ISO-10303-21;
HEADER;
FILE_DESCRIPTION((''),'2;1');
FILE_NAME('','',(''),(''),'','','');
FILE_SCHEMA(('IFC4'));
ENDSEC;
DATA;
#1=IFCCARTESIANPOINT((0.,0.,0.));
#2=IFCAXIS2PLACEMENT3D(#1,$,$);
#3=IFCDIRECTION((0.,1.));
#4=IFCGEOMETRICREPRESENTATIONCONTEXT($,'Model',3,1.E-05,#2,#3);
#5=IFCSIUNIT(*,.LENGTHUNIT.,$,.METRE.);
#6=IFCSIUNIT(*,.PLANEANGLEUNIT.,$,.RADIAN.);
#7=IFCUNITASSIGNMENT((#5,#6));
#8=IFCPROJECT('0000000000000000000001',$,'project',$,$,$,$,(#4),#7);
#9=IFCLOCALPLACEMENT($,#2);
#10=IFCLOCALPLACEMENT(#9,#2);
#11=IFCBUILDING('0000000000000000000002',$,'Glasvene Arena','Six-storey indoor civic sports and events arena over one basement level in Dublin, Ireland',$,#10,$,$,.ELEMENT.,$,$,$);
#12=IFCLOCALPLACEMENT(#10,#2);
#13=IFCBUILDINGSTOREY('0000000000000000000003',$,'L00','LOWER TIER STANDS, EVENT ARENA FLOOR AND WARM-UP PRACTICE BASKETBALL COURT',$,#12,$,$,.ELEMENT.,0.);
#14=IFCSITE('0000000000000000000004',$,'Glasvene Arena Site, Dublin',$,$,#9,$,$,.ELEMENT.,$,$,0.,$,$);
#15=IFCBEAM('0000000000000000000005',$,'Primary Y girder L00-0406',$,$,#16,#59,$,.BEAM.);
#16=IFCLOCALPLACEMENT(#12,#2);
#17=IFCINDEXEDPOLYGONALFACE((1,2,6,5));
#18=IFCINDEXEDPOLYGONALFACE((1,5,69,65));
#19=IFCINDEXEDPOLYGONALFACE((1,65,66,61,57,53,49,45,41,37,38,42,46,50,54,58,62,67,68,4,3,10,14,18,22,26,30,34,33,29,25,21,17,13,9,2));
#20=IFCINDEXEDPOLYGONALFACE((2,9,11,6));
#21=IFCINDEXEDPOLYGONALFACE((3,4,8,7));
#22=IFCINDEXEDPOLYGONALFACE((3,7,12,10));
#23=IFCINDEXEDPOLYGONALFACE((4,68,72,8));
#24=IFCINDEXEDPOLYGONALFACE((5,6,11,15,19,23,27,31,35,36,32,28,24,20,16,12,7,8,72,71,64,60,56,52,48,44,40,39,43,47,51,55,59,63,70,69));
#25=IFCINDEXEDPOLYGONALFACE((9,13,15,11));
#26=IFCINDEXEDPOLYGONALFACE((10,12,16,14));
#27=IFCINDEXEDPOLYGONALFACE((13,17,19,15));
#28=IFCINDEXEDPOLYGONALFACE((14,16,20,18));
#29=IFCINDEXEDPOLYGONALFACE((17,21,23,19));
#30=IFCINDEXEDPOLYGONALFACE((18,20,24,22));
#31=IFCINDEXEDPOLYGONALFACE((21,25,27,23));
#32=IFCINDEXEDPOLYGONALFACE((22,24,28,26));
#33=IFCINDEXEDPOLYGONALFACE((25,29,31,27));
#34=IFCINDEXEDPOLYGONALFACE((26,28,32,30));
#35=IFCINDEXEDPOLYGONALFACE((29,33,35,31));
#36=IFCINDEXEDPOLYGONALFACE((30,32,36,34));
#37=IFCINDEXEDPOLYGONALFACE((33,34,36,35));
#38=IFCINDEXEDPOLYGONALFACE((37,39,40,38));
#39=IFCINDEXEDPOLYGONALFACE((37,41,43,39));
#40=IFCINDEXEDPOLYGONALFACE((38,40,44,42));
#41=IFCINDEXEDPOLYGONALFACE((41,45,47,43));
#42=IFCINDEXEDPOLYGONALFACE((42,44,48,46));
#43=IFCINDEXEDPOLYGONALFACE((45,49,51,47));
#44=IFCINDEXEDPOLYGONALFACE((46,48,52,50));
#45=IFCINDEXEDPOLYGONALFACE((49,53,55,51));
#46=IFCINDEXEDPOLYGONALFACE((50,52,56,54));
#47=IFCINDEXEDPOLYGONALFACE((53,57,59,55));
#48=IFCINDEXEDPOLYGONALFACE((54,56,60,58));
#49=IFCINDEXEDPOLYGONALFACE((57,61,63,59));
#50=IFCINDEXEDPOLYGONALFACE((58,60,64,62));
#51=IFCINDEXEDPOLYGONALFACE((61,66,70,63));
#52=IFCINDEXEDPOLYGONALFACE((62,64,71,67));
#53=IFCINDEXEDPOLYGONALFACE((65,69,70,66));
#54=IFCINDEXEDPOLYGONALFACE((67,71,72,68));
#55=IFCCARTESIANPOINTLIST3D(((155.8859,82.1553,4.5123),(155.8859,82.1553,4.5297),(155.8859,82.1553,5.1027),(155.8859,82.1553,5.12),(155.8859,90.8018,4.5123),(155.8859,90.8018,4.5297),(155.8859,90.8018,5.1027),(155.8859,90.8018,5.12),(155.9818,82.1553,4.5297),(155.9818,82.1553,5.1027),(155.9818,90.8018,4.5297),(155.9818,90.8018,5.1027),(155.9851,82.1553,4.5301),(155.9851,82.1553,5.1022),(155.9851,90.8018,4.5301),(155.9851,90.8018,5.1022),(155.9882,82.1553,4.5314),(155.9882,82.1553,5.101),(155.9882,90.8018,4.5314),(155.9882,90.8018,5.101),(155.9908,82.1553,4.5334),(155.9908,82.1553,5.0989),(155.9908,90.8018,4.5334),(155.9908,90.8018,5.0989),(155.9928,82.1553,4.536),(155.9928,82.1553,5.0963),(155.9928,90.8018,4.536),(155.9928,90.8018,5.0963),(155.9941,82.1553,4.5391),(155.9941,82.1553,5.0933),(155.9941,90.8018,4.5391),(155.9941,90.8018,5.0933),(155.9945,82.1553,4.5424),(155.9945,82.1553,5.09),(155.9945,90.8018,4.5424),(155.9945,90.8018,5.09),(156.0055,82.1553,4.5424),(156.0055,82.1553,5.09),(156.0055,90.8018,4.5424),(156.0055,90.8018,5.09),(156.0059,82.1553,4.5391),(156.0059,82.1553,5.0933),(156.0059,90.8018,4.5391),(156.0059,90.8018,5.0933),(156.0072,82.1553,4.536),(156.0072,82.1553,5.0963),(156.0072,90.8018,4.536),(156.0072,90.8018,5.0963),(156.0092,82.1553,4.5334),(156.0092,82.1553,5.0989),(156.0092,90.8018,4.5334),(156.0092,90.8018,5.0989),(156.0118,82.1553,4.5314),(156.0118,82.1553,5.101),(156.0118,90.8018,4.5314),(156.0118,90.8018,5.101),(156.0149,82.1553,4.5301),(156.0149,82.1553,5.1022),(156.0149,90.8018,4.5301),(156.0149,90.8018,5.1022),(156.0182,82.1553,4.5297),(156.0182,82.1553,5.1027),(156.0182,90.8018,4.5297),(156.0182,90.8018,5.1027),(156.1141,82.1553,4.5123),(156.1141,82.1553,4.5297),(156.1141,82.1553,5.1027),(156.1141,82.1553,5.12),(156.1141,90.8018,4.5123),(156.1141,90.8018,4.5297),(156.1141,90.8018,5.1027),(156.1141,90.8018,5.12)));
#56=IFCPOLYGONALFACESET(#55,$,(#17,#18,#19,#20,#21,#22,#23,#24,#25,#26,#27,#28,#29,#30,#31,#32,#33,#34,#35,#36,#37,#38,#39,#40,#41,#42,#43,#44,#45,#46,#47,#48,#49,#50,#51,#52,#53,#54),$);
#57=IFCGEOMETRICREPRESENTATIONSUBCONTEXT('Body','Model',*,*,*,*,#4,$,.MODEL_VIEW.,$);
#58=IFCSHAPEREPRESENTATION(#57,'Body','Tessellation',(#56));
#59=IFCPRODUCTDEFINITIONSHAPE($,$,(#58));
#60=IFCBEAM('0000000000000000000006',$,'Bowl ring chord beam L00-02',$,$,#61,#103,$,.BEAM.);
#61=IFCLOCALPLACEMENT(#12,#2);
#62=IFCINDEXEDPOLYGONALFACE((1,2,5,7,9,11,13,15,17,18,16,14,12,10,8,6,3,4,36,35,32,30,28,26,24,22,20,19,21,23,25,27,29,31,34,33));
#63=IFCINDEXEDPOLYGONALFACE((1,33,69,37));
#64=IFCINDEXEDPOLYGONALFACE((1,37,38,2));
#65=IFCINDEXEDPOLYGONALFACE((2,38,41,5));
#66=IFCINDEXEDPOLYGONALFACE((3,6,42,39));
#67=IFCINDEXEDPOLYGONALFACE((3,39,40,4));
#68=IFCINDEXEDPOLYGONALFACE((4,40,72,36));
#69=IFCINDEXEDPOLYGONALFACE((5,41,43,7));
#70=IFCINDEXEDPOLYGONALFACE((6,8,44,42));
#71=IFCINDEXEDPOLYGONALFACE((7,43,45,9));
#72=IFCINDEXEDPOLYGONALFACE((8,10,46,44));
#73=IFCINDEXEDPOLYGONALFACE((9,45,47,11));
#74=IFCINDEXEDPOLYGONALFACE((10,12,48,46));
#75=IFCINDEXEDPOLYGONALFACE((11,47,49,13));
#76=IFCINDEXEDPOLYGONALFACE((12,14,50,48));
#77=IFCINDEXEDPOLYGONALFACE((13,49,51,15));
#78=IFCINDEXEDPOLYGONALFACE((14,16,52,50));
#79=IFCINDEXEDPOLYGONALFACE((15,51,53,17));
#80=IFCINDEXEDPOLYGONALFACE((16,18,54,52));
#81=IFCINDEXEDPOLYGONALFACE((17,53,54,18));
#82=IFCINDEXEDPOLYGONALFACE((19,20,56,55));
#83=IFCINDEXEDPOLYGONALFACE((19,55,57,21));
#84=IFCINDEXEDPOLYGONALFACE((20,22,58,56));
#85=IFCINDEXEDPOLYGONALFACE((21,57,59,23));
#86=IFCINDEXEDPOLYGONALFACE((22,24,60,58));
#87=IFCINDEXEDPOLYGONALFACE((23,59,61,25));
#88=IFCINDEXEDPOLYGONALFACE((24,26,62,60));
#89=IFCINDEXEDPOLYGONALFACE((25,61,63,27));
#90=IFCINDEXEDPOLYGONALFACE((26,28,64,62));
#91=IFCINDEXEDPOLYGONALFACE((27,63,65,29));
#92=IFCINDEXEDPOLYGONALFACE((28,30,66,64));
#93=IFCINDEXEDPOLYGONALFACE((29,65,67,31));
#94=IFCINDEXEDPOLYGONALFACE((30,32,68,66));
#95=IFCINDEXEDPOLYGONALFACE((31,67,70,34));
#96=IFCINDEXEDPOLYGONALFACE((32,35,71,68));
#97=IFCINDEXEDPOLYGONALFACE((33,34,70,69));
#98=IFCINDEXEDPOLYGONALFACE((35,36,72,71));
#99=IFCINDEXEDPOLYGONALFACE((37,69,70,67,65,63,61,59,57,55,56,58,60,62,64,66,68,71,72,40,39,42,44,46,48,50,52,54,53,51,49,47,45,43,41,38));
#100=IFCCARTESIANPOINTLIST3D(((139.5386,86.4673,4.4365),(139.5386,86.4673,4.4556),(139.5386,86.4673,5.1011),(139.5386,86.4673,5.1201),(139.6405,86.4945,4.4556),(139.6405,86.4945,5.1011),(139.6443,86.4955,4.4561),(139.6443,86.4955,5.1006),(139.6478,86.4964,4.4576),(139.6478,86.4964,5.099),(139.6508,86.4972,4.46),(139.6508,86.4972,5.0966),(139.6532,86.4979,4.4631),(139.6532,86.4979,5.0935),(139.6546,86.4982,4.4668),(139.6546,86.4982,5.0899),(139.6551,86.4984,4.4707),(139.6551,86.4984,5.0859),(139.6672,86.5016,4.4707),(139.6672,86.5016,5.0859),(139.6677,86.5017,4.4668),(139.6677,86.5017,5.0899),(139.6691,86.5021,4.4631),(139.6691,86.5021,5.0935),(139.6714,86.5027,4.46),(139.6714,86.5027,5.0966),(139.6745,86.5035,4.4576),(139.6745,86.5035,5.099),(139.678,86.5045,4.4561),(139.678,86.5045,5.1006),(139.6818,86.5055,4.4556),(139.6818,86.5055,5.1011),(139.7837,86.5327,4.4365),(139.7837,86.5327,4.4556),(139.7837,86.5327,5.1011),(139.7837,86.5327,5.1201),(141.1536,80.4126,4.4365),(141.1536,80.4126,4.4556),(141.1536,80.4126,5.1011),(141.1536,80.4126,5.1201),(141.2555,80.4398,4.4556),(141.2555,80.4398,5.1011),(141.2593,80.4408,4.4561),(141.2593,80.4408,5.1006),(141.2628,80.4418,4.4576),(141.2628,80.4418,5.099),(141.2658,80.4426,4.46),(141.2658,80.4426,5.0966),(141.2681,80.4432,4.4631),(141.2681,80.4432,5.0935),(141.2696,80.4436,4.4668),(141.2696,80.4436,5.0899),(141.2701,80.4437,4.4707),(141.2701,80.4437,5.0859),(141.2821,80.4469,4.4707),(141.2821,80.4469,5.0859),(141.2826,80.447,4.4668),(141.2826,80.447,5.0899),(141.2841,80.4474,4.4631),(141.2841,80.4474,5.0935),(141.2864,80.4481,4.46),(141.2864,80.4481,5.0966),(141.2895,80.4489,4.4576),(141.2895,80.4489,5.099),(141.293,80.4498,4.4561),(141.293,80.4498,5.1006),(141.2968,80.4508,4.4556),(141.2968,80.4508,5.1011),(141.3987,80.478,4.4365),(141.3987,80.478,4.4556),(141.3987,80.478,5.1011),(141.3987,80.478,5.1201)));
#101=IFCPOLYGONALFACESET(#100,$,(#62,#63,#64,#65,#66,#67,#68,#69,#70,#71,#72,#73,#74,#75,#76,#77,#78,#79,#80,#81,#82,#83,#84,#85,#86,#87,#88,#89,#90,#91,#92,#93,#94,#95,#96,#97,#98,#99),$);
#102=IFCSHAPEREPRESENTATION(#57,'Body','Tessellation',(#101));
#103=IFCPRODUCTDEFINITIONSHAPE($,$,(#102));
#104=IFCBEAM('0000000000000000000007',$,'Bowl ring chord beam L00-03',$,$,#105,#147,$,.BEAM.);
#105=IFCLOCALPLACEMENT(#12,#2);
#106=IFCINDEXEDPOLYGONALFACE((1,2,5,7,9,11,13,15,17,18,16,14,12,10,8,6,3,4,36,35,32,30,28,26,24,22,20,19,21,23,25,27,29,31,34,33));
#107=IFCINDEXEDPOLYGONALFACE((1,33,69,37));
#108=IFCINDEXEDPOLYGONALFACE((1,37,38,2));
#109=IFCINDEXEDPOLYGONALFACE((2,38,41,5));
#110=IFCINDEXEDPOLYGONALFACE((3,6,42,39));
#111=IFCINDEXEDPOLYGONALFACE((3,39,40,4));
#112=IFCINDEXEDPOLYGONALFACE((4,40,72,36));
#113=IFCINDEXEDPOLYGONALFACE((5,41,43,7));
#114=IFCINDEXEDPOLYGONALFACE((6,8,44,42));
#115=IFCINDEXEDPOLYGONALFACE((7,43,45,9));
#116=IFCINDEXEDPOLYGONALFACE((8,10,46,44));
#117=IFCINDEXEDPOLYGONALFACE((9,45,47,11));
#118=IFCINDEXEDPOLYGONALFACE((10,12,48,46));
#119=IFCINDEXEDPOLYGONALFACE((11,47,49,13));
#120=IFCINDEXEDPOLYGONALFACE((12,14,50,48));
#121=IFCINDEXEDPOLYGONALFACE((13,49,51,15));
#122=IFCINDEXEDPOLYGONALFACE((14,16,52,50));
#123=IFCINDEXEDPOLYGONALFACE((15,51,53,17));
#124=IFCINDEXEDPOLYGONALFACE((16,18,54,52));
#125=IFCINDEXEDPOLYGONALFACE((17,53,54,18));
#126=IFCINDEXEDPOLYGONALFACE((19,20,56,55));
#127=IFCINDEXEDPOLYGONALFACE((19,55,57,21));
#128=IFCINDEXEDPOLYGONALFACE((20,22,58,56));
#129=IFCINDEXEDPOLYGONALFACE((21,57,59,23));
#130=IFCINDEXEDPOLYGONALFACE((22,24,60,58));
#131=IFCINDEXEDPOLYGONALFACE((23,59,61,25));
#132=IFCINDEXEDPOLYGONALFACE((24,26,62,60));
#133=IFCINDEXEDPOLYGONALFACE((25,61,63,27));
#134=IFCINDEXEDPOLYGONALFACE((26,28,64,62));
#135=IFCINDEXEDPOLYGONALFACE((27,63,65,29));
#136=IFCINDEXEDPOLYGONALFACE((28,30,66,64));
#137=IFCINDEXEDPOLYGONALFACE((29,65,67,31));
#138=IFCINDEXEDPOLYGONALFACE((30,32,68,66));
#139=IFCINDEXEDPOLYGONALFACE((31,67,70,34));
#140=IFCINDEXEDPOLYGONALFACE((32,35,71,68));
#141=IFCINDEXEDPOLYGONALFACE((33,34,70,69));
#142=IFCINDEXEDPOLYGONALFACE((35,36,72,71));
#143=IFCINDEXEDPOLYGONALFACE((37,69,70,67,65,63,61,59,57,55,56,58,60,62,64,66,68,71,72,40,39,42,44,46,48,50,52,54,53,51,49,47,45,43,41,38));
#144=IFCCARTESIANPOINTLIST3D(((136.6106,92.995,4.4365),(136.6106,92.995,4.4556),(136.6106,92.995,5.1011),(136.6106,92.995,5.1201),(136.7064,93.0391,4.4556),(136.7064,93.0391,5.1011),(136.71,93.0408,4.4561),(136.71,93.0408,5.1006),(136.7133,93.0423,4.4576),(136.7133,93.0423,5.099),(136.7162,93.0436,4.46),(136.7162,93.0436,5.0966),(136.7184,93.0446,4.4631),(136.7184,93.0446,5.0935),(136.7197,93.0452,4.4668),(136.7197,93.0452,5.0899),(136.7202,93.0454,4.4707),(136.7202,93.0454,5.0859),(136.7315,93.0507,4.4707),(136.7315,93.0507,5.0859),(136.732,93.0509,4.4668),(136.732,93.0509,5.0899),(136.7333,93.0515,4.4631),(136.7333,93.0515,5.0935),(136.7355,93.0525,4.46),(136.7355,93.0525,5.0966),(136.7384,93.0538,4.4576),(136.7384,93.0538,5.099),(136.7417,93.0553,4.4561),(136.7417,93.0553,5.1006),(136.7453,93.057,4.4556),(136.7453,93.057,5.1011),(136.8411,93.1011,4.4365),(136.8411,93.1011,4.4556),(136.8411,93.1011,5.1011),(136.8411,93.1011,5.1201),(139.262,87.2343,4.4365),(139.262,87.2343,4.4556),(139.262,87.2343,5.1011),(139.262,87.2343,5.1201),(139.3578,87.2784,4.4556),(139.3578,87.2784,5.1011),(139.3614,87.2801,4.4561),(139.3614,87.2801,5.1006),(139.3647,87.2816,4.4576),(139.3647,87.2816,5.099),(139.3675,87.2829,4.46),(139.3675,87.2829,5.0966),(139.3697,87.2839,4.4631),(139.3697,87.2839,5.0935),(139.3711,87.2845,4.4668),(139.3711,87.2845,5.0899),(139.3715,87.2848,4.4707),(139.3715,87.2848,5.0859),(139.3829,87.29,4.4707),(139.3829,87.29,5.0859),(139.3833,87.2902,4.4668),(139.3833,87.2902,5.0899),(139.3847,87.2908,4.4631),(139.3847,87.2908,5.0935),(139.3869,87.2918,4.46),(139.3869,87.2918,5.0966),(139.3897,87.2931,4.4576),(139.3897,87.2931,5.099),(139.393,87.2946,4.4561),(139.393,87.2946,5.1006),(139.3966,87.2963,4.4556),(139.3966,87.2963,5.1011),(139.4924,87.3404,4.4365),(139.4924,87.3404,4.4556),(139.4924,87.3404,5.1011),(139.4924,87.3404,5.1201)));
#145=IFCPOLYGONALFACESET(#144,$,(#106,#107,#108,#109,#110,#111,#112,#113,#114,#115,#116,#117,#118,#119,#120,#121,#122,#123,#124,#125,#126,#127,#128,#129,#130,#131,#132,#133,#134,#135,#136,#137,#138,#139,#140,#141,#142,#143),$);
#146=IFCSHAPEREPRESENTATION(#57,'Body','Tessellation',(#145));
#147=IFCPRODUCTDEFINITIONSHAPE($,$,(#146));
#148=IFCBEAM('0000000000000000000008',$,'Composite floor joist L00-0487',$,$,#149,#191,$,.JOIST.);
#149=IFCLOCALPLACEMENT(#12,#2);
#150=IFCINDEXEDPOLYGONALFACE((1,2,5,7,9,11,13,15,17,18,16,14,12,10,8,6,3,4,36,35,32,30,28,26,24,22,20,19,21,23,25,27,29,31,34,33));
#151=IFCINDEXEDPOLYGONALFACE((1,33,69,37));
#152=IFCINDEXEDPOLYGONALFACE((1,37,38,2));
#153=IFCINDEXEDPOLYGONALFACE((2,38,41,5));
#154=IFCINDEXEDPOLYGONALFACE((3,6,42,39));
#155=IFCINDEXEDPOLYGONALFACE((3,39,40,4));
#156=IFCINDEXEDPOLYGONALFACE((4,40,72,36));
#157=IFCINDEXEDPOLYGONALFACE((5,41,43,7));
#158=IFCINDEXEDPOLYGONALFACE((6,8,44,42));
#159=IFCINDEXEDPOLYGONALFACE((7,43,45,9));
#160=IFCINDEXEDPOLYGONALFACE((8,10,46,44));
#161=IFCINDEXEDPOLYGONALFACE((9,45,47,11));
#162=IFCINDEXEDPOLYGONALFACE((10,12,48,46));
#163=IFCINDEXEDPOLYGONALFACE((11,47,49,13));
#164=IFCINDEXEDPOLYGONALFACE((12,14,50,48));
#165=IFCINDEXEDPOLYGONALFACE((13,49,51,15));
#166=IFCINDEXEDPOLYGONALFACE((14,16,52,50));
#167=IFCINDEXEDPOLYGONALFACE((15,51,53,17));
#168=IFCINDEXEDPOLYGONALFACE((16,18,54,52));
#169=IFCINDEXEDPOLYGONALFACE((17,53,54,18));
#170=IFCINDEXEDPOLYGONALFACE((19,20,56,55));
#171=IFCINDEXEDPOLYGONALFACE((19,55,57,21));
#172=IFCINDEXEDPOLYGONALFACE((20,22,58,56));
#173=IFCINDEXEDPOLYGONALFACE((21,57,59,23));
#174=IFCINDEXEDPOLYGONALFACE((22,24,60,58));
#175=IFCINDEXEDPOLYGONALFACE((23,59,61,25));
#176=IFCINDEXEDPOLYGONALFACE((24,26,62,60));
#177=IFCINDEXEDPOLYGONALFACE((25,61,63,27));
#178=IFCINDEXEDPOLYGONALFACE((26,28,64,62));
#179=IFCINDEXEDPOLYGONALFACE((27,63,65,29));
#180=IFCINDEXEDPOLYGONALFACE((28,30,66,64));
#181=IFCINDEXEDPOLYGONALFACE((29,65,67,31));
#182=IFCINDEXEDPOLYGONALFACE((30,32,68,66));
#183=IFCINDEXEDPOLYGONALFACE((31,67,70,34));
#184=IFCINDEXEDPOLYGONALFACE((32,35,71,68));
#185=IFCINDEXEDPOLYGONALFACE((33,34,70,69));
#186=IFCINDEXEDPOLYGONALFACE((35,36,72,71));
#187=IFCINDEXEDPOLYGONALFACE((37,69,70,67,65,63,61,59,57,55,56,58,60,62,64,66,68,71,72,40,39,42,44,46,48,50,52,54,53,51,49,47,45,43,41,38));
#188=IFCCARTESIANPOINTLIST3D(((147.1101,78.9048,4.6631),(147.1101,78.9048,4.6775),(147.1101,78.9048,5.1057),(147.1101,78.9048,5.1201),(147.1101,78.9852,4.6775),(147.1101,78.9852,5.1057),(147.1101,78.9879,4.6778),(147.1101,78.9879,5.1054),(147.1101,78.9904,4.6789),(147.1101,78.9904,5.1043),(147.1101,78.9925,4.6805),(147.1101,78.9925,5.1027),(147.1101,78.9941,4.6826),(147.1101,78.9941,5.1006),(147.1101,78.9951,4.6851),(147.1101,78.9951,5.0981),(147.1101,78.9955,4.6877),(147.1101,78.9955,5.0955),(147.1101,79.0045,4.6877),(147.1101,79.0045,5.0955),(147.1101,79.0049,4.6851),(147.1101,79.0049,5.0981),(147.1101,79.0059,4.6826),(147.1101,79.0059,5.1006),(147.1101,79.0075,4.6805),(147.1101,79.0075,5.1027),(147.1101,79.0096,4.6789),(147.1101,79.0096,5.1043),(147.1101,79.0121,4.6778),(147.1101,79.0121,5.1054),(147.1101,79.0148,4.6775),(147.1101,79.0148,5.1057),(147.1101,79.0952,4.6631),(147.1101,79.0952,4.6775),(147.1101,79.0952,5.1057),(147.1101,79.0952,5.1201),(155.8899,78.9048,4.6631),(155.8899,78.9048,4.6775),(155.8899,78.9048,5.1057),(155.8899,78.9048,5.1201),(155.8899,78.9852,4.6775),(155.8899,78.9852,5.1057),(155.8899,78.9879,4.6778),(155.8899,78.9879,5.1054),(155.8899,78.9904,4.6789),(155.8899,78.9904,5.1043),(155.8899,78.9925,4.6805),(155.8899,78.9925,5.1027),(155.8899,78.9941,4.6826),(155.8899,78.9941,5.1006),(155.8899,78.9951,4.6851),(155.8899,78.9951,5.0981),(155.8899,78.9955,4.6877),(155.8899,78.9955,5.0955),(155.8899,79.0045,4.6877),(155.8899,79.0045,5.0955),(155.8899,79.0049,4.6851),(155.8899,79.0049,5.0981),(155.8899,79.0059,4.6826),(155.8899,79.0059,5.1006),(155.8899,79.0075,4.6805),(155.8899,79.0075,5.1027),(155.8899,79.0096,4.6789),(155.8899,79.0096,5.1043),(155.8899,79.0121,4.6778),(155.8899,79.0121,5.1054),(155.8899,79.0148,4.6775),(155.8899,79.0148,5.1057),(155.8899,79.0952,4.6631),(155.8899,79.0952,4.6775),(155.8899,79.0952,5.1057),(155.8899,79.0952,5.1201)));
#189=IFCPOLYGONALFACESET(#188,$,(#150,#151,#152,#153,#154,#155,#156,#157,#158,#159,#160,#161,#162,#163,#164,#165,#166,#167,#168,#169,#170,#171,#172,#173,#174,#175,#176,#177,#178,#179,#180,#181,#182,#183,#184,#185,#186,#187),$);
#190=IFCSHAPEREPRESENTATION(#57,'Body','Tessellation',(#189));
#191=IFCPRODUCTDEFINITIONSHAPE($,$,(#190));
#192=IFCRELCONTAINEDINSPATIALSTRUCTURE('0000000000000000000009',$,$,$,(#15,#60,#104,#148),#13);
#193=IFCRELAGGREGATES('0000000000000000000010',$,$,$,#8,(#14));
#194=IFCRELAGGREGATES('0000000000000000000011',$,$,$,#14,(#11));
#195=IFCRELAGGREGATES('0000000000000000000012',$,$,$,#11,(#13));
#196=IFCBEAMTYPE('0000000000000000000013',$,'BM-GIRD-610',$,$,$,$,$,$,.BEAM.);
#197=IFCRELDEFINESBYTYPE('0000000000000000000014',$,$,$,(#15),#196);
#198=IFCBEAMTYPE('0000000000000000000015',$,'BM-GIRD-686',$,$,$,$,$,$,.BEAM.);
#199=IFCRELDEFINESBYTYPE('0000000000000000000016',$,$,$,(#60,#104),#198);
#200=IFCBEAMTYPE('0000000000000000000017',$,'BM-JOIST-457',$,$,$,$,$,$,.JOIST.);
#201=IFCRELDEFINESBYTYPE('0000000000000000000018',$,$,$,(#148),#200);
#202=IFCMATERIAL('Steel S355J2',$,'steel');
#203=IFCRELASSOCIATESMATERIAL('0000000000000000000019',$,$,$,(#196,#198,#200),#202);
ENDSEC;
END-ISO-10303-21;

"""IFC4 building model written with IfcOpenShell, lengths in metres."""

from ifc_helpers import new_model, si_unit, direction, frame, origin, origin_2d, place, context, subcontext, project, spatial, i_section, extrude, material, material_profile, profile_set, type_object, element, save


model = new_model("IFC4")

# Units and contexts
model_context = context("Model", 3, precision=1e-05, world=origin(), true_north=direction((0.0, 1.0)))
body_context = subcontext(model_context, "Body", "Model", "MODEL_VIEW")
ifc_project = project(units=[si_unit("LENGTHUNIT", "METRE"), si_unit("PLANEANGLEUNIT", "RADIAN")], contexts=[model_context])

# Site, building, storey
site_placement = place(None, origin())
site = spatial("IfcSite", under=ifc_project, at=site_placement, Name="Glasvene Arena Site, Dublin", CompositionType="ELEMENT", RefElevation=0.0)
building_placement = place(site_placement, origin())
building = spatial("IfcBuilding", under=site, at=building_placement, Name="Glasvene Arena", Description="Six-storey indoor civic sports and events arena over one basement level in Dublin, Ireland", CompositionType="ELEMENT")
storey_placement = place(building_placement, origin())
storey = spatial("IfcBuildingStorey", under=building, at=storey_placement, Name="L00", Description="LOWER TIER STANDS, EVENT ARENA FLOOR AND WARM-UP PRACTICE BASKETBALL COURT", CompositionType="ELEMENT", Elevation=0.0)

# Shared definitions
ifc_material_1 = material(Name="Steel S355J2", Category="steel")

# Beams
ifc_material_profile_1 = material_profile(ifc_material_1, i_section(OverallWidth=0.2283, OverallDepth=0.6077, WebThickness=0.011, FlangeThickness=0.0173, FilletRadius=0.0127, at=origin_2d()), Name="UKB 610x229x113")
ifc_profile_set_1 = profile_set([ifc_material_profile_1], Name="Steel S355J2")
beam_type_1 = type_object("IfcBeamType", Name="BM-GIRD-610", PredefinedType="BEAM", material=ifc_profile_set_1)
beam_1_placement = place(storey_placement, frame((156.0, 82.1553, 4.8162), z_axis=(0.0, 1.0, 0.0), x_axis=(-1.0, 0.0, 0.0)))
element("IfcBeam", 1, at=beam_1_placement, inside=storey, type_object=beam_type_1, Name="Primary Y girder L00-0406", PredefinedType="BEAM", context=body_context, shape_type="SweptSolid", body=[
    extrude(i_section(OverallWidth=0.2283, OverallDepth=0.6077, WebThickness=0.011, FlangeThickness=0.0173, FilletRadius=0.0127, at=origin_2d()), origin(), (0.0, 0.0, 1.0), 8.6465),
])
ifc_material_profile_2 = material_profile(ifc_material_1, i_section(OverallWidth=0.2537, OverallDepth=0.6836, WebThickness=0.0125, FlangeThickness=0.019, FilletRadius=0.0151, at=origin_2d()), Name="UKB 686x254x140")
ifc_profile_set_2 = profile_set([ifc_material_profile_2], Name="Steel S355J2")
beam_type_2 = type_object("IfcBeamType", Name="BM-GIRD-686", PredefinedType="BEAM", material=ifc_profile_set_2)
beam_2_placement = place(storey_placement, frame((141.2761, 80.4453, 4.7783), z_axis=(-0.257723, 0.966219, 0.0), x_axis=(-0.966219, -0.257723, 0.0)))
element("IfcBeam", 2, at=beam_2_placement, inside=storey, type_object=beam_type_2, Name="Bowl ring chord beam L00-02", PredefinedType="BEAM", context=body_context, shape_type="SweptSolid", body=[
    extrude(i_section(OverallWidth=0.2537, OverallDepth=0.6836, WebThickness=0.0125, FlangeThickness=0.019, FilletRadius=0.0151, at=origin_2d()), origin(), (0.0, 0.0, 1.0), 6.2664),
])
beam_3_placement = place(storey_placement, frame((139.3772, 87.2874, 4.7783), z_axis=(-0.418091, 0.908405, 0.0), x_axis=(-0.908405, -0.418091, 0.0)))
element("IfcBeam", 3, at=beam_3_placement, inside=storey, type_object=beam_type_2, Name="Bowl ring chord beam L00-03", PredefinedType="BEAM", context=body_context, shape_type="SweptSolid", body=[
    extrude(i_section(OverallWidth=0.2537, OverallDepth=0.6836, WebThickness=0.0125, FlangeThickness=0.019, FilletRadius=0.0151, at=origin_2d()), origin(), (0.0, 0.0, 1.0), 6.3416),
])
ifc_material_profile_3 = material_profile(ifc_material_1, i_section(OverallWidth=0.1904, OverallDepth=0.457, WebThickness=0.009, FlangeThickness=0.0144, FilletRadius=0.0103, at=origin_2d()), Name="UKB 457x191x74")
ifc_profile_set_3 = profile_set([ifc_material_profile_3], Name="Steel S355J2")
beam_type_3 = type_object("IfcBeamType", Name="BM-JOIST-457", PredefinedType="JOIST", material=ifc_profile_set_3)
beam_4_placement = place(storey_placement, frame((147.1101, 79.0, 4.8916), z_axis=(1.0, 0.0, 0.0), x_axis=(0.0, 1.0, 0.0)))
element("IfcBeam", 4, at=beam_4_placement, inside=storey, type_object=beam_type_3, Name="Composite floor joist L00-0487", PredefinedType="JOIST", context=body_context, shape_type="SweptSolid", body=[
    extrude(i_section(OverallWidth=0.1904, OverallDepth=0.457, WebThickness=0.009, FlangeThickness=0.0144, FilletRadius=0.0103, at=origin_2d()), origin(), (0.0, 0.0, 1.0), 8.7798),
])

save(model, "model.ifc")
